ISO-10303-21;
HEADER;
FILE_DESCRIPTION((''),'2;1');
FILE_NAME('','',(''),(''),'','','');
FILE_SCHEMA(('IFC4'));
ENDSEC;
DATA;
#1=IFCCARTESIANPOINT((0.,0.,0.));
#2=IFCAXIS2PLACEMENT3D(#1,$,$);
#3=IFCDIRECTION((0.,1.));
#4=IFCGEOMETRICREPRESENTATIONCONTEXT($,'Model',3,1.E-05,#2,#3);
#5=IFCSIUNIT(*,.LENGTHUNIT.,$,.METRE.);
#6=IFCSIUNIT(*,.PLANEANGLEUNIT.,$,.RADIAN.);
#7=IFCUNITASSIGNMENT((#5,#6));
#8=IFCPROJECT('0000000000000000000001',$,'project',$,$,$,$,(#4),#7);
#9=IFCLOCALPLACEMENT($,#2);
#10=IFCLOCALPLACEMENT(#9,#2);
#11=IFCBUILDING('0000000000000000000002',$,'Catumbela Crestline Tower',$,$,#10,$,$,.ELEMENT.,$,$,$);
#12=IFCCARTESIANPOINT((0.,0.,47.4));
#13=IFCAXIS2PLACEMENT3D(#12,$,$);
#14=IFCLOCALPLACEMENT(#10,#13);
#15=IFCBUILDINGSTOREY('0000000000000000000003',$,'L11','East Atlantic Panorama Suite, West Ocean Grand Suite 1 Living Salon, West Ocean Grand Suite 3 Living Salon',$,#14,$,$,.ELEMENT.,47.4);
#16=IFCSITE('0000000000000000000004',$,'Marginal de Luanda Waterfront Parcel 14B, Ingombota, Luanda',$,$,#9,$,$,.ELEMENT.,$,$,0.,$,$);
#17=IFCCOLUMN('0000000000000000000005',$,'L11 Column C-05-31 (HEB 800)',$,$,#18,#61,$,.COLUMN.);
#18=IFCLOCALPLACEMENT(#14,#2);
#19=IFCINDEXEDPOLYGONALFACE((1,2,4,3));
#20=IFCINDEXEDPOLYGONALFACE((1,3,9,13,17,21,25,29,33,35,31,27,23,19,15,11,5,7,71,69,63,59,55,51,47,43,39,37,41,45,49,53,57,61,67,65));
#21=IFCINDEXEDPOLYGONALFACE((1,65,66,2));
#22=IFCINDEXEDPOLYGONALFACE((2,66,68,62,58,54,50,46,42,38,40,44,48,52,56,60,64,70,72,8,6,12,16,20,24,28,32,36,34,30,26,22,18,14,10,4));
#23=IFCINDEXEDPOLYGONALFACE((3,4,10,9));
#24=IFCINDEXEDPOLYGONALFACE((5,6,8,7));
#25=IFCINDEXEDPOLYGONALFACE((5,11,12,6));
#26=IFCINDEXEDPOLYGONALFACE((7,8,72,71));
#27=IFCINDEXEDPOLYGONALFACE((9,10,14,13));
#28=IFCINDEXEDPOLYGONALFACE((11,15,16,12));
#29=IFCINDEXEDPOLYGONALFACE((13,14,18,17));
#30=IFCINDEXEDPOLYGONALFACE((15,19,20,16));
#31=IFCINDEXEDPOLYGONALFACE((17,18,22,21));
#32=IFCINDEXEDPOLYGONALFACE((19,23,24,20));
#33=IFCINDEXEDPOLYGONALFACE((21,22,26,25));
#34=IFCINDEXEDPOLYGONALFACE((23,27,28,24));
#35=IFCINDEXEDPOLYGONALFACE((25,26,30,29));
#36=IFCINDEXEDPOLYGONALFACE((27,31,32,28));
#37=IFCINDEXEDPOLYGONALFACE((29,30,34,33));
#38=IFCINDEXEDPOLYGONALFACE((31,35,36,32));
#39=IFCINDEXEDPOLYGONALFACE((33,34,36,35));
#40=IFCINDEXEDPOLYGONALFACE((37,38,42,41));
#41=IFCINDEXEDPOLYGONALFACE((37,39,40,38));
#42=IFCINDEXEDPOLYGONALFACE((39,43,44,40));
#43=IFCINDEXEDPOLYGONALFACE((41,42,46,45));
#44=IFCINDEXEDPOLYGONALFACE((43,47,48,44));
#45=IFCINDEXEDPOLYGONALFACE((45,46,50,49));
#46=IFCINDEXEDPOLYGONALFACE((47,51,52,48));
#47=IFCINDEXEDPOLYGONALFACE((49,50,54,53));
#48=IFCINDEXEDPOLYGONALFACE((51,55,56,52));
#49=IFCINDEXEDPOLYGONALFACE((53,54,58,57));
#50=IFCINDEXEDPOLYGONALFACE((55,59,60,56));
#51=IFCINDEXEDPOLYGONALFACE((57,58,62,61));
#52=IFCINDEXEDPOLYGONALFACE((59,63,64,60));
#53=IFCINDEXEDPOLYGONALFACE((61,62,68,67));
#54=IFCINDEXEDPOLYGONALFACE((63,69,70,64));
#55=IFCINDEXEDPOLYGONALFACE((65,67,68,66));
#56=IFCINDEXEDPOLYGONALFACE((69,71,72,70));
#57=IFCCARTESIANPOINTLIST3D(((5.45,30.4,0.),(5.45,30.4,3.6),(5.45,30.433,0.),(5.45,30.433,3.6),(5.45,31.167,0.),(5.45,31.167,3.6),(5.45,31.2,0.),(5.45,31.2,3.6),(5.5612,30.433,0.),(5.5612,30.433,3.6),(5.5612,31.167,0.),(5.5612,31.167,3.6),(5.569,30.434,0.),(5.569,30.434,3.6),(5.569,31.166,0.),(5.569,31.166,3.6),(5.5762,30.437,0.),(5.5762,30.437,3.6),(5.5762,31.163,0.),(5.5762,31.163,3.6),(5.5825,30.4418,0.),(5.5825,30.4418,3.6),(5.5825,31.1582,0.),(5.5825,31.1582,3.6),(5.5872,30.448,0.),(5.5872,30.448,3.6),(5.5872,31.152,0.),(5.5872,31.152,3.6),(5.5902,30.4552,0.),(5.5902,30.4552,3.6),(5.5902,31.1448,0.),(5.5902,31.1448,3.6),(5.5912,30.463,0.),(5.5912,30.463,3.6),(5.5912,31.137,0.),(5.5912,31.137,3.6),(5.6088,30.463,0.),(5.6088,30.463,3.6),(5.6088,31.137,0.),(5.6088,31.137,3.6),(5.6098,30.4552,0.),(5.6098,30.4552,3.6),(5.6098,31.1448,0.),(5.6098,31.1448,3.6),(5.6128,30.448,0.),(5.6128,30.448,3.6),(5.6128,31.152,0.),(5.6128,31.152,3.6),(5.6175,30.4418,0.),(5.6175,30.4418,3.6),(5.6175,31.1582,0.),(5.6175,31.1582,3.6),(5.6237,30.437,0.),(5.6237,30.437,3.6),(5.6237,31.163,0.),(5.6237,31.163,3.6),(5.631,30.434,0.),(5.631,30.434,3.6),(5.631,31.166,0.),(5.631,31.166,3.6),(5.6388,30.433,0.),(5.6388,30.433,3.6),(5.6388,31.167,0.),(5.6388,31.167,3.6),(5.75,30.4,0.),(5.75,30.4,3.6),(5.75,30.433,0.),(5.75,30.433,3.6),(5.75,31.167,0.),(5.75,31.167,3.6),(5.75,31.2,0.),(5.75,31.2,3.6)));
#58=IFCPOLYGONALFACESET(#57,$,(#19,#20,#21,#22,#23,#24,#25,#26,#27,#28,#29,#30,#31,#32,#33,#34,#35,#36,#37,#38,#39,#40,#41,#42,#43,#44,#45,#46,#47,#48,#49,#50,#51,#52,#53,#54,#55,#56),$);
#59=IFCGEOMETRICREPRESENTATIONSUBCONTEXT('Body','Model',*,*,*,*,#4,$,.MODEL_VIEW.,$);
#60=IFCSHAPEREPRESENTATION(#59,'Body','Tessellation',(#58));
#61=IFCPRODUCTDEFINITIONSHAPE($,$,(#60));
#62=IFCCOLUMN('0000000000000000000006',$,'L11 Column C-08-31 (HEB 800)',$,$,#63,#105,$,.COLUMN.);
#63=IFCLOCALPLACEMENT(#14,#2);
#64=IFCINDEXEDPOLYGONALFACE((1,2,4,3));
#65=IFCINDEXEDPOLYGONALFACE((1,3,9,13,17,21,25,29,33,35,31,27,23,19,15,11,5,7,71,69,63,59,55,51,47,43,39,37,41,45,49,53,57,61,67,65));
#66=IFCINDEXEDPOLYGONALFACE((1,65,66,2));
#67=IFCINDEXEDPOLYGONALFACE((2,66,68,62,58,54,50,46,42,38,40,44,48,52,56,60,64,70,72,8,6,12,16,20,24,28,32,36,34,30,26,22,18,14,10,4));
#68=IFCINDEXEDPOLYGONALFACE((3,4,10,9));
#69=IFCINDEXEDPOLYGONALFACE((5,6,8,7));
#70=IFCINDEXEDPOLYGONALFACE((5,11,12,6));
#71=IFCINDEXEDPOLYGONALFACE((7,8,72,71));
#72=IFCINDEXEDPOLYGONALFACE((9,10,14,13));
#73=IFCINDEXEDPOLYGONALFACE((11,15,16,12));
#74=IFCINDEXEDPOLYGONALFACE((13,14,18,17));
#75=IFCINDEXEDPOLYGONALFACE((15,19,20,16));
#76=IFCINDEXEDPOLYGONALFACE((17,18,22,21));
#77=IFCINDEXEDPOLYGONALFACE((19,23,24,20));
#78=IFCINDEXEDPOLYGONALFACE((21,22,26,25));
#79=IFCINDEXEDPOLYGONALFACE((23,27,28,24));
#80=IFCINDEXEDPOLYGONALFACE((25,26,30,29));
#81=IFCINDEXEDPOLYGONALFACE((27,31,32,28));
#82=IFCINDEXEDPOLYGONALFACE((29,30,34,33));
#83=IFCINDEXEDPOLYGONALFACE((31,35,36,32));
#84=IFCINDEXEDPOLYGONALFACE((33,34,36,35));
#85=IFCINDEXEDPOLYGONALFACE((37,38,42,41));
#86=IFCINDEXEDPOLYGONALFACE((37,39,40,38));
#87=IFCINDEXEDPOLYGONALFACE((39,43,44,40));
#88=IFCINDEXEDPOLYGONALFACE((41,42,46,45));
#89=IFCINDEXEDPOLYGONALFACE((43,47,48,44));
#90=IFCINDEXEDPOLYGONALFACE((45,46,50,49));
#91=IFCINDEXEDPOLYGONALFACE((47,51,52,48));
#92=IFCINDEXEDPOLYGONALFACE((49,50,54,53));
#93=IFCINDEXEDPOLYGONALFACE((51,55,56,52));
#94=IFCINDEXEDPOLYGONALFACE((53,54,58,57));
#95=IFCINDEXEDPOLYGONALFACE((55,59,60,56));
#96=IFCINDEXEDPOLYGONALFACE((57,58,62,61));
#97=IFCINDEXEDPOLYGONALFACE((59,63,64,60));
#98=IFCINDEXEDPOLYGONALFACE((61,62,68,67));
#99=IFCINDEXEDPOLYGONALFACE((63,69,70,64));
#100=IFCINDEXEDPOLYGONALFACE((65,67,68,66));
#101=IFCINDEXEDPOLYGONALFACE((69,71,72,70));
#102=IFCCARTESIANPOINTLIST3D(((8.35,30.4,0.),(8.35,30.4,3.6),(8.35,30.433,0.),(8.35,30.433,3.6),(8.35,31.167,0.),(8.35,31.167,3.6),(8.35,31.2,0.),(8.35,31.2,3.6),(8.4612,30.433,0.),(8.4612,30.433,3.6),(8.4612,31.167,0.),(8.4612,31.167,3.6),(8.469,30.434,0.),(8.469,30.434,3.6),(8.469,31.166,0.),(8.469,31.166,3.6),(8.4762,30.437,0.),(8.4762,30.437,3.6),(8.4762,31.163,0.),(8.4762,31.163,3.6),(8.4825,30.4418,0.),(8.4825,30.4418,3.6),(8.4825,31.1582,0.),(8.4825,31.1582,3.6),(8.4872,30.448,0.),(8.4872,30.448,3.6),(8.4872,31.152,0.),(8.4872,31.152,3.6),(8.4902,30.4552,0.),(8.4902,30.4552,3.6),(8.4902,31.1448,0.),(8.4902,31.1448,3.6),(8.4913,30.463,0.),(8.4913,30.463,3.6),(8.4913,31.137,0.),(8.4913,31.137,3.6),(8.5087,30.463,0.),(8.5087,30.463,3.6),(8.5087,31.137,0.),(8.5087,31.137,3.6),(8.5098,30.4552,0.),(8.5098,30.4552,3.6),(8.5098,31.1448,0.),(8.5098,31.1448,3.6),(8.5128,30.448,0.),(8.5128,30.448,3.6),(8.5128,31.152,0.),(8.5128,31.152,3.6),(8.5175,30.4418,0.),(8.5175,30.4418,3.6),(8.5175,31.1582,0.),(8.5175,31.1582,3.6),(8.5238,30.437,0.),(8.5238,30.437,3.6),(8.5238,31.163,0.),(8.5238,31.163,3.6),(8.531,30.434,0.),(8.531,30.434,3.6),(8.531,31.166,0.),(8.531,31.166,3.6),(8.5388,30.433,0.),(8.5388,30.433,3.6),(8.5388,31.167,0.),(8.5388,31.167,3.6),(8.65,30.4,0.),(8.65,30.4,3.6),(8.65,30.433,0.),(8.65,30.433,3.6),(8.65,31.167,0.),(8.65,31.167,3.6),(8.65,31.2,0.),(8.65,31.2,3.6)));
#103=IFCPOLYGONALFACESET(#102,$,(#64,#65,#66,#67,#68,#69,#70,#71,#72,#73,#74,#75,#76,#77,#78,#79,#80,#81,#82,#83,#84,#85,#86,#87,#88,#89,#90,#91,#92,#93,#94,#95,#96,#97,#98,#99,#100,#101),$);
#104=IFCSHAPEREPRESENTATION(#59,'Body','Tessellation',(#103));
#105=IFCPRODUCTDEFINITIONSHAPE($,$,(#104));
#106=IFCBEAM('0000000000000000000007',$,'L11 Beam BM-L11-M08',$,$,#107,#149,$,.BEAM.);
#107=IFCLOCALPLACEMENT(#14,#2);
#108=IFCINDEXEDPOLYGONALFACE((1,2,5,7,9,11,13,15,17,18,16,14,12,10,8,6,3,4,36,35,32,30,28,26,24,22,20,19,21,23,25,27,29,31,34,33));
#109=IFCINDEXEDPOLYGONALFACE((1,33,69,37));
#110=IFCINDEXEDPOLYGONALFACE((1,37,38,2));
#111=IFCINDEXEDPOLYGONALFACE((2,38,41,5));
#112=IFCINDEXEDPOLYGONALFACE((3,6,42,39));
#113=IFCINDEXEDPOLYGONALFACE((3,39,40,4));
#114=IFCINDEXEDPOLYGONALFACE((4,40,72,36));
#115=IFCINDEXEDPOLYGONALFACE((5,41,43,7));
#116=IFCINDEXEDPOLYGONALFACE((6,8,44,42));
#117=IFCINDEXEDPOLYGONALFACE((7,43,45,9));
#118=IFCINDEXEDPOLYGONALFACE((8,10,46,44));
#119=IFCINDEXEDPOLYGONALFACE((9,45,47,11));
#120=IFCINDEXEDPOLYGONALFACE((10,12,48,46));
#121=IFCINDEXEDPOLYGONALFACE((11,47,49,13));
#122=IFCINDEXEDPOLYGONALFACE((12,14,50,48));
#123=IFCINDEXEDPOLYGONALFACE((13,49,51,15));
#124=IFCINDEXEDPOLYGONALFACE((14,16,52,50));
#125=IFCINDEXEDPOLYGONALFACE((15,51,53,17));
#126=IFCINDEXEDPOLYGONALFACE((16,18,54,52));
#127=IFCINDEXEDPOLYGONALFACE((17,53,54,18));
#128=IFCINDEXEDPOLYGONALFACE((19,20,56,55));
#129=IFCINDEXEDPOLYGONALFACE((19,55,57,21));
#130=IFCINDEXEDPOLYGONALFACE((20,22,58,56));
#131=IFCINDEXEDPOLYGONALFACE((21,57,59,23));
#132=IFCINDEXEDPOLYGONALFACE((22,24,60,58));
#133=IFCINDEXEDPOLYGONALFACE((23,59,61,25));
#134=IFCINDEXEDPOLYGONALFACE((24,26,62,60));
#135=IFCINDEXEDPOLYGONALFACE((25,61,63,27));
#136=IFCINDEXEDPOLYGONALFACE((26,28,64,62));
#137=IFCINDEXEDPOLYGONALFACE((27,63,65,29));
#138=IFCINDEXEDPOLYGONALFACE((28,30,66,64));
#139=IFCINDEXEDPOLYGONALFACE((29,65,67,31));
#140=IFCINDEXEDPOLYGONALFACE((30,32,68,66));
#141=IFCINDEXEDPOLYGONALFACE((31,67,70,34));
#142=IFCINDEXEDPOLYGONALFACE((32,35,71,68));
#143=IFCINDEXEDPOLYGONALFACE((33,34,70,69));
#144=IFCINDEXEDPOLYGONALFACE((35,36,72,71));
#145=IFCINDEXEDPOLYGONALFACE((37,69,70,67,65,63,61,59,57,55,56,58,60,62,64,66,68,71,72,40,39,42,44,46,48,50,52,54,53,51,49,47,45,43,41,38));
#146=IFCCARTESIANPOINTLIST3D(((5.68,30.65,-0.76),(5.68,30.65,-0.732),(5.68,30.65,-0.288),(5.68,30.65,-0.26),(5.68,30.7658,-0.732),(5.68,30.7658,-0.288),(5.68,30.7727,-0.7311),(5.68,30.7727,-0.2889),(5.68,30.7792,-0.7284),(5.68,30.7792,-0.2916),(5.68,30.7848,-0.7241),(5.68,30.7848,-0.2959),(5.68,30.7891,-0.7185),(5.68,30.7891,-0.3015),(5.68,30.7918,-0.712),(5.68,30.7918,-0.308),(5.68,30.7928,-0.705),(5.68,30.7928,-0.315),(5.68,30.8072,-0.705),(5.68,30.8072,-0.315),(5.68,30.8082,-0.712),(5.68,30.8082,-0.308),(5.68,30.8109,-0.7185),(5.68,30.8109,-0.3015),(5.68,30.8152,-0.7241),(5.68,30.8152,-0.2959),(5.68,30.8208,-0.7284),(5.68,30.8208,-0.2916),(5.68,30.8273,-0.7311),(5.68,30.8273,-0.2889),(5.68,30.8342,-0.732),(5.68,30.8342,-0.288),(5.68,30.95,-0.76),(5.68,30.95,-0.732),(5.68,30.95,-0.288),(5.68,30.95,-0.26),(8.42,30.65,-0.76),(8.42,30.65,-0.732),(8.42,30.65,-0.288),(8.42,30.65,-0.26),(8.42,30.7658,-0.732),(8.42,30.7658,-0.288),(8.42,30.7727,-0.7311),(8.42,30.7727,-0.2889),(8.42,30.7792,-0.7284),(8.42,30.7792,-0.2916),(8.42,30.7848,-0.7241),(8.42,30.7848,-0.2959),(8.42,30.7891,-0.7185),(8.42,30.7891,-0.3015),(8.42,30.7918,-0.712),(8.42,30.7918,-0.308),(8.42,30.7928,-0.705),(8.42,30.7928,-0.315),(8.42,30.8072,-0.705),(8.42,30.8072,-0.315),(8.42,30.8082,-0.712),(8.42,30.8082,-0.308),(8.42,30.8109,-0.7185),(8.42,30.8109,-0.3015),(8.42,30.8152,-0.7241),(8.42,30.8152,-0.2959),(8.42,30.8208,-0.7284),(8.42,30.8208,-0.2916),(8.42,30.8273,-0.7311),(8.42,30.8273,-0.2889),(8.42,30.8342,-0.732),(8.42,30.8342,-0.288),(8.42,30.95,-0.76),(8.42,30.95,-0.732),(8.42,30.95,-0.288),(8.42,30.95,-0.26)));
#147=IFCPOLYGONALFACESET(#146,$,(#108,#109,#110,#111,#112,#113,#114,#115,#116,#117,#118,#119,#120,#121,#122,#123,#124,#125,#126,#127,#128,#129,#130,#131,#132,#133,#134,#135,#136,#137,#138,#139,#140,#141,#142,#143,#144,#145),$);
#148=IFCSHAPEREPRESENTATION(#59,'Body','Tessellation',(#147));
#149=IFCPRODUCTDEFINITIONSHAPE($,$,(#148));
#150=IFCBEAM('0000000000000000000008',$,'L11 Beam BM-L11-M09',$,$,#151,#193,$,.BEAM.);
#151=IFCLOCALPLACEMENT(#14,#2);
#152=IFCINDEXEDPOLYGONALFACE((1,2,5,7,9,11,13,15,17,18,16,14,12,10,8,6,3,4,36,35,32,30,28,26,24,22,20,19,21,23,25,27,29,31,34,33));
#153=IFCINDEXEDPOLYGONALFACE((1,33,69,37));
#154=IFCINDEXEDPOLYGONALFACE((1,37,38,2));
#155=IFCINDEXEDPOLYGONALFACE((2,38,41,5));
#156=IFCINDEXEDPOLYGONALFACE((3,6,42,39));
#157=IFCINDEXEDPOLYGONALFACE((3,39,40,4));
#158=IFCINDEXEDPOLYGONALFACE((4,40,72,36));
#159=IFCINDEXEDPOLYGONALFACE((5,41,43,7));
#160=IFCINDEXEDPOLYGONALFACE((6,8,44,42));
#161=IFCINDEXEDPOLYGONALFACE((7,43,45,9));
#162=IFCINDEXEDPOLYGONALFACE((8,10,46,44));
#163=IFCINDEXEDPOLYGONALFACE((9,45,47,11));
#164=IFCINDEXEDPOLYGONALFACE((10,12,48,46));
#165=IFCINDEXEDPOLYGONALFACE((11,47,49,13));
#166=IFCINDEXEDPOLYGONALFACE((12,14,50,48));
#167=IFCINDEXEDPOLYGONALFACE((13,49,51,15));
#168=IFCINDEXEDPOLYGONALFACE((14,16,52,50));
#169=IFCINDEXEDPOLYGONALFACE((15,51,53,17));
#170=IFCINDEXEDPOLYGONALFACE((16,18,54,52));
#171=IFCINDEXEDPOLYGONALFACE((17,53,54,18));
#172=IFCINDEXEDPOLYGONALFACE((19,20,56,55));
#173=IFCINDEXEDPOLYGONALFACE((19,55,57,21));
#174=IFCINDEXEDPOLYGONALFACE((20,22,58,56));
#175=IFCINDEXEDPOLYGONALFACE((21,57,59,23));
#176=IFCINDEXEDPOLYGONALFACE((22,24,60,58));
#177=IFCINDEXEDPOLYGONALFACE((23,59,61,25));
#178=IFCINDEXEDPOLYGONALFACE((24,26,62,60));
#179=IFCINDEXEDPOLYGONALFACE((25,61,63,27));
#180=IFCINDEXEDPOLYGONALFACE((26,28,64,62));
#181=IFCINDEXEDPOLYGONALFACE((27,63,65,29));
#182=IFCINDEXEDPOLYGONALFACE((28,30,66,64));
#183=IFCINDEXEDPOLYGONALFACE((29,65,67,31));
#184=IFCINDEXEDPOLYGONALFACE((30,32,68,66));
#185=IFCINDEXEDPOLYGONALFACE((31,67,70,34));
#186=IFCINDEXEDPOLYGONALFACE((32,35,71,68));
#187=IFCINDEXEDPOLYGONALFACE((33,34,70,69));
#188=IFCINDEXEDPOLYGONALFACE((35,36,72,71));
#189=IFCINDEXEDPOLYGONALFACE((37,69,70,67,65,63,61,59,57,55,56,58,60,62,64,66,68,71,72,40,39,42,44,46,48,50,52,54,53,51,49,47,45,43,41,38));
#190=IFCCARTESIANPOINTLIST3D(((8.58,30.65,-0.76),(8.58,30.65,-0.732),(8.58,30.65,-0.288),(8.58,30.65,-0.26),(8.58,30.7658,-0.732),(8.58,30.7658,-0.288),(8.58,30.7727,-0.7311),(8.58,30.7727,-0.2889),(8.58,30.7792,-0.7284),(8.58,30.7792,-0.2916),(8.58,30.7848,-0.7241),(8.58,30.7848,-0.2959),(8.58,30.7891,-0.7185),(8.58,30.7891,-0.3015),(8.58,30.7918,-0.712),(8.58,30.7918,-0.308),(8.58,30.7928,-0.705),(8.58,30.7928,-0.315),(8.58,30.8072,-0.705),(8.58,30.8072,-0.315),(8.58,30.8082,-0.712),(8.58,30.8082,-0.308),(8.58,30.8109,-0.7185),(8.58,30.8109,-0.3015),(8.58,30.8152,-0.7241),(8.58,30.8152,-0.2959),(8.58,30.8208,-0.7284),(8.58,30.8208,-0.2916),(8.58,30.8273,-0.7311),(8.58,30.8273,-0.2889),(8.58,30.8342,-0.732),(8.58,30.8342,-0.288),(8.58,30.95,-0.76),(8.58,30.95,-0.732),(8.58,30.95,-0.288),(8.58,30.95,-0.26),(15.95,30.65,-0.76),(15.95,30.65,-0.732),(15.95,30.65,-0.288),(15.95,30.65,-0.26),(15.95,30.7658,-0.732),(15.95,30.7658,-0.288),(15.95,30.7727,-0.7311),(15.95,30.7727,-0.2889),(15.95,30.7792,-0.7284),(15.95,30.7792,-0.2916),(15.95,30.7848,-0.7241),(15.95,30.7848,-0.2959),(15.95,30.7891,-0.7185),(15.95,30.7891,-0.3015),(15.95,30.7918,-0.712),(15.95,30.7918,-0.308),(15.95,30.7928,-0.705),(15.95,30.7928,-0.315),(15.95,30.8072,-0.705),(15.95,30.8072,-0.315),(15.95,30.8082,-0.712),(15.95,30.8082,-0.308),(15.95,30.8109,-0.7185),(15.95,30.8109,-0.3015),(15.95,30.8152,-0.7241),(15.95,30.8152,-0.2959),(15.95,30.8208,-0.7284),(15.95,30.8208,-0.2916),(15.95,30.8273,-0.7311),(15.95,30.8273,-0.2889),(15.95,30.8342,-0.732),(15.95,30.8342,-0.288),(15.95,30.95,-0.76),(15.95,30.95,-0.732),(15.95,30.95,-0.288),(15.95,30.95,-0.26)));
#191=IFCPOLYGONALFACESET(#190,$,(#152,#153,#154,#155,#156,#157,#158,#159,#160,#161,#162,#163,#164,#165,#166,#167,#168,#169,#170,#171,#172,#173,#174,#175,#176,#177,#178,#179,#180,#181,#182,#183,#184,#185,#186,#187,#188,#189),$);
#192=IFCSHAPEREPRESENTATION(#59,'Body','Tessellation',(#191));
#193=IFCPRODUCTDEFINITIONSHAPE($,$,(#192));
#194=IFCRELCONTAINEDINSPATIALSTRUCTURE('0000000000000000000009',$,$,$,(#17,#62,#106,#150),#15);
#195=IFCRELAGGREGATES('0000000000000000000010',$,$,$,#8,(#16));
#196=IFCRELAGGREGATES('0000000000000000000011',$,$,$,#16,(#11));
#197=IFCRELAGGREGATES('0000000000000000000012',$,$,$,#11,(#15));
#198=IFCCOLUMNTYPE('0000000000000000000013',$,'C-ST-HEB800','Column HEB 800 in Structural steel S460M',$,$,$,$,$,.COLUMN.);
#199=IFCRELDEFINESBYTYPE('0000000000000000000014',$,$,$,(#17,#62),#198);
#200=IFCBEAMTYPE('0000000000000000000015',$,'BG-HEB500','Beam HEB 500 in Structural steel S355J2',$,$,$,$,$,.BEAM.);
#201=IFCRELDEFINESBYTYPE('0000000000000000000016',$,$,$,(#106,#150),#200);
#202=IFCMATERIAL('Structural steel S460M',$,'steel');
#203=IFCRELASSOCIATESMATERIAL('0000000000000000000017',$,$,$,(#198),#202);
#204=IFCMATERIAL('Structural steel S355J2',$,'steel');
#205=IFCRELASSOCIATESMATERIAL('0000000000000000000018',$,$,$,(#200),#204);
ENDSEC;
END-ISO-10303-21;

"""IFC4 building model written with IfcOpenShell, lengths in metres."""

from ifc_helpers import new_model, si_unit, direction, frame, origin, origin_2d, place, context, subcontext, project, spatial, i_section, extrude, material, material_profile, profile_set, type_object, element, save


model = new_model("IFC4")

# Units and contexts
model_context = context("Model", 3, precision=1e-05, world=origin(), true_north=direction((0.0, 1.0)))
body_context = subcontext(model_context, "Body", "Model", "MODEL_VIEW")
ifc_project = project(units=[si_unit("LENGTHUNIT", "METRE"), si_unit("PLANEANGLEUNIT", "RADIAN")], contexts=[model_context])

# Site, building, storey
site_placement = place(None, origin())
site = spatial("IfcSite", under=ifc_project, at=site_placement, Name="Marginal de Luanda Waterfront Parcel 14B, Ingombota, Luanda", CompositionType="ELEMENT", RefElevation=0.0)
building_placement = place(site_placement, origin())
building = spatial("IfcBuilding", under=site, at=building_placement, Name="Catumbela Crestline Tower", CompositionType="ELEMENT")
storey_placement = place(building_placement, frame((0.0, 0.0, 47.4)))
storey = spatial("IfcBuildingStorey", under=building, at=storey_placement, Name="L11", Description="East Atlantic Panorama Suite, West Ocean Grand Suite 1 Living Salon, West Ocean Grand Suite 3 Living Salon", CompositionType="ELEMENT", Elevation=47.4)

# Columns
ifc_material_1 = material(Name="Structural steel S460M", Category="steel")
ifc_material_profile_1 = material_profile(ifc_material_1, i_section(OverallWidth=0.3, OverallDepth=0.8, WebThickness=0.0175, FlangeThickness=0.033, FilletRadius=0.03, at=origin_2d()), Name="HEB 800")
ifc_profile_set_1 = profile_set([ifc_material_profile_1], Name="Structural steel S460M")
column_type = type_object("IfcColumnType", Name="C-ST-HEB800", Description="Column HEB 800 in Structural steel S460M", PredefinedType="COLUMN", material=ifc_profile_set_1)
for number, where, z_axis, x_axis, name in (
    (1, (5.6, 30.8, 0.0), (0.0, 0.0, 1.0), (1.0, 0.0, 0.0), "L11 Column C-05-31 (HEB 800)"),
    (2, (8.5, 30.8, 0.0), (0.0, 0.0, 1.0), (1.0, 0.0, 0.0), "L11 Column C-08-31 (HEB 800)"),
):
    element("IfcColumn", number, at=place(storey_placement, frame(where, z_axis=z_axis, x_axis=x_axis)), inside=storey, type_object=column_type, Name=name, PredefinedType="COLUMN", context=body_context, shape_type="SweptSolid", body=[
        extrude(i_section(OverallWidth=0.3, OverallDepth=0.8, WebThickness=0.0175, FlangeThickness=0.033, FilletRadius=0.03, at=origin_2d()), origin(), (0.0, 0.0, 1.0), 3.6),
    ])

# Beams
ifc_material_2 = material(Name="Structural steel S355J2", Category="steel")
ifc_material_profile_2 = material_profile(ifc_material_2, i_section(OverallWidth=0.3, OverallDepth=0.5, WebThickness=0.0145, FlangeThickness=0.028, FilletRadius=0.027, at=origin_2d()), Name="HEB 500")
ifc_profile_set_2 = profile_set([ifc_material_profile_2], Name="Structural steel S355J2")
beam_type = type_object("IfcBeamType", Name="BG-HEB500", Description="Beam HEB 500 in Structural steel S355J2", PredefinedType="BEAM", material=ifc_profile_set_2)
beam_1_placement = place(storey_placement, frame((5.68, 30.8, -0.51), z_axis=(1.0, 0.0, 0.0), x_axis=(0.0, 1.0, 0.0)))
element("IfcBeam", 3, at=beam_1_placement, inside=storey, type_object=beam_type, Name="L11 Beam BM-L11-M08", PredefinedType="BEAM", context=body_context, shape_type="SweptSolid", body=[
    extrude(i_section(OverallWidth=0.3, OverallDepth=0.5, WebThickness=0.0145, FlangeThickness=0.028, FilletRadius=0.027, at=origin_2d()), origin(), (0.0, 0.0, 1.0), 2.74),
])
beam_2_placement = place(storey_placement, frame((8.58, 30.8, -0.51), z_axis=(1.0, 0.0, 0.0), x_axis=(0.0, 1.0, 0.0)))
element("IfcBeam", 4, at=beam_2_placement, inside=storey, type_object=beam_type, Name="L11 Beam BM-L11-M09", PredefinedType="BEAM", context=body_context, shape_type="SweptSolid", body=[
    extrude(i_section(OverallWidth=0.3, OverallDepth=0.5, WebThickness=0.0145, FlangeThickness=0.028, FilletRadius=0.027, at=origin_2d()), origin(), (0.0, 0.0, 1.0), 7.37),
])

save(model, "model.ifc")
